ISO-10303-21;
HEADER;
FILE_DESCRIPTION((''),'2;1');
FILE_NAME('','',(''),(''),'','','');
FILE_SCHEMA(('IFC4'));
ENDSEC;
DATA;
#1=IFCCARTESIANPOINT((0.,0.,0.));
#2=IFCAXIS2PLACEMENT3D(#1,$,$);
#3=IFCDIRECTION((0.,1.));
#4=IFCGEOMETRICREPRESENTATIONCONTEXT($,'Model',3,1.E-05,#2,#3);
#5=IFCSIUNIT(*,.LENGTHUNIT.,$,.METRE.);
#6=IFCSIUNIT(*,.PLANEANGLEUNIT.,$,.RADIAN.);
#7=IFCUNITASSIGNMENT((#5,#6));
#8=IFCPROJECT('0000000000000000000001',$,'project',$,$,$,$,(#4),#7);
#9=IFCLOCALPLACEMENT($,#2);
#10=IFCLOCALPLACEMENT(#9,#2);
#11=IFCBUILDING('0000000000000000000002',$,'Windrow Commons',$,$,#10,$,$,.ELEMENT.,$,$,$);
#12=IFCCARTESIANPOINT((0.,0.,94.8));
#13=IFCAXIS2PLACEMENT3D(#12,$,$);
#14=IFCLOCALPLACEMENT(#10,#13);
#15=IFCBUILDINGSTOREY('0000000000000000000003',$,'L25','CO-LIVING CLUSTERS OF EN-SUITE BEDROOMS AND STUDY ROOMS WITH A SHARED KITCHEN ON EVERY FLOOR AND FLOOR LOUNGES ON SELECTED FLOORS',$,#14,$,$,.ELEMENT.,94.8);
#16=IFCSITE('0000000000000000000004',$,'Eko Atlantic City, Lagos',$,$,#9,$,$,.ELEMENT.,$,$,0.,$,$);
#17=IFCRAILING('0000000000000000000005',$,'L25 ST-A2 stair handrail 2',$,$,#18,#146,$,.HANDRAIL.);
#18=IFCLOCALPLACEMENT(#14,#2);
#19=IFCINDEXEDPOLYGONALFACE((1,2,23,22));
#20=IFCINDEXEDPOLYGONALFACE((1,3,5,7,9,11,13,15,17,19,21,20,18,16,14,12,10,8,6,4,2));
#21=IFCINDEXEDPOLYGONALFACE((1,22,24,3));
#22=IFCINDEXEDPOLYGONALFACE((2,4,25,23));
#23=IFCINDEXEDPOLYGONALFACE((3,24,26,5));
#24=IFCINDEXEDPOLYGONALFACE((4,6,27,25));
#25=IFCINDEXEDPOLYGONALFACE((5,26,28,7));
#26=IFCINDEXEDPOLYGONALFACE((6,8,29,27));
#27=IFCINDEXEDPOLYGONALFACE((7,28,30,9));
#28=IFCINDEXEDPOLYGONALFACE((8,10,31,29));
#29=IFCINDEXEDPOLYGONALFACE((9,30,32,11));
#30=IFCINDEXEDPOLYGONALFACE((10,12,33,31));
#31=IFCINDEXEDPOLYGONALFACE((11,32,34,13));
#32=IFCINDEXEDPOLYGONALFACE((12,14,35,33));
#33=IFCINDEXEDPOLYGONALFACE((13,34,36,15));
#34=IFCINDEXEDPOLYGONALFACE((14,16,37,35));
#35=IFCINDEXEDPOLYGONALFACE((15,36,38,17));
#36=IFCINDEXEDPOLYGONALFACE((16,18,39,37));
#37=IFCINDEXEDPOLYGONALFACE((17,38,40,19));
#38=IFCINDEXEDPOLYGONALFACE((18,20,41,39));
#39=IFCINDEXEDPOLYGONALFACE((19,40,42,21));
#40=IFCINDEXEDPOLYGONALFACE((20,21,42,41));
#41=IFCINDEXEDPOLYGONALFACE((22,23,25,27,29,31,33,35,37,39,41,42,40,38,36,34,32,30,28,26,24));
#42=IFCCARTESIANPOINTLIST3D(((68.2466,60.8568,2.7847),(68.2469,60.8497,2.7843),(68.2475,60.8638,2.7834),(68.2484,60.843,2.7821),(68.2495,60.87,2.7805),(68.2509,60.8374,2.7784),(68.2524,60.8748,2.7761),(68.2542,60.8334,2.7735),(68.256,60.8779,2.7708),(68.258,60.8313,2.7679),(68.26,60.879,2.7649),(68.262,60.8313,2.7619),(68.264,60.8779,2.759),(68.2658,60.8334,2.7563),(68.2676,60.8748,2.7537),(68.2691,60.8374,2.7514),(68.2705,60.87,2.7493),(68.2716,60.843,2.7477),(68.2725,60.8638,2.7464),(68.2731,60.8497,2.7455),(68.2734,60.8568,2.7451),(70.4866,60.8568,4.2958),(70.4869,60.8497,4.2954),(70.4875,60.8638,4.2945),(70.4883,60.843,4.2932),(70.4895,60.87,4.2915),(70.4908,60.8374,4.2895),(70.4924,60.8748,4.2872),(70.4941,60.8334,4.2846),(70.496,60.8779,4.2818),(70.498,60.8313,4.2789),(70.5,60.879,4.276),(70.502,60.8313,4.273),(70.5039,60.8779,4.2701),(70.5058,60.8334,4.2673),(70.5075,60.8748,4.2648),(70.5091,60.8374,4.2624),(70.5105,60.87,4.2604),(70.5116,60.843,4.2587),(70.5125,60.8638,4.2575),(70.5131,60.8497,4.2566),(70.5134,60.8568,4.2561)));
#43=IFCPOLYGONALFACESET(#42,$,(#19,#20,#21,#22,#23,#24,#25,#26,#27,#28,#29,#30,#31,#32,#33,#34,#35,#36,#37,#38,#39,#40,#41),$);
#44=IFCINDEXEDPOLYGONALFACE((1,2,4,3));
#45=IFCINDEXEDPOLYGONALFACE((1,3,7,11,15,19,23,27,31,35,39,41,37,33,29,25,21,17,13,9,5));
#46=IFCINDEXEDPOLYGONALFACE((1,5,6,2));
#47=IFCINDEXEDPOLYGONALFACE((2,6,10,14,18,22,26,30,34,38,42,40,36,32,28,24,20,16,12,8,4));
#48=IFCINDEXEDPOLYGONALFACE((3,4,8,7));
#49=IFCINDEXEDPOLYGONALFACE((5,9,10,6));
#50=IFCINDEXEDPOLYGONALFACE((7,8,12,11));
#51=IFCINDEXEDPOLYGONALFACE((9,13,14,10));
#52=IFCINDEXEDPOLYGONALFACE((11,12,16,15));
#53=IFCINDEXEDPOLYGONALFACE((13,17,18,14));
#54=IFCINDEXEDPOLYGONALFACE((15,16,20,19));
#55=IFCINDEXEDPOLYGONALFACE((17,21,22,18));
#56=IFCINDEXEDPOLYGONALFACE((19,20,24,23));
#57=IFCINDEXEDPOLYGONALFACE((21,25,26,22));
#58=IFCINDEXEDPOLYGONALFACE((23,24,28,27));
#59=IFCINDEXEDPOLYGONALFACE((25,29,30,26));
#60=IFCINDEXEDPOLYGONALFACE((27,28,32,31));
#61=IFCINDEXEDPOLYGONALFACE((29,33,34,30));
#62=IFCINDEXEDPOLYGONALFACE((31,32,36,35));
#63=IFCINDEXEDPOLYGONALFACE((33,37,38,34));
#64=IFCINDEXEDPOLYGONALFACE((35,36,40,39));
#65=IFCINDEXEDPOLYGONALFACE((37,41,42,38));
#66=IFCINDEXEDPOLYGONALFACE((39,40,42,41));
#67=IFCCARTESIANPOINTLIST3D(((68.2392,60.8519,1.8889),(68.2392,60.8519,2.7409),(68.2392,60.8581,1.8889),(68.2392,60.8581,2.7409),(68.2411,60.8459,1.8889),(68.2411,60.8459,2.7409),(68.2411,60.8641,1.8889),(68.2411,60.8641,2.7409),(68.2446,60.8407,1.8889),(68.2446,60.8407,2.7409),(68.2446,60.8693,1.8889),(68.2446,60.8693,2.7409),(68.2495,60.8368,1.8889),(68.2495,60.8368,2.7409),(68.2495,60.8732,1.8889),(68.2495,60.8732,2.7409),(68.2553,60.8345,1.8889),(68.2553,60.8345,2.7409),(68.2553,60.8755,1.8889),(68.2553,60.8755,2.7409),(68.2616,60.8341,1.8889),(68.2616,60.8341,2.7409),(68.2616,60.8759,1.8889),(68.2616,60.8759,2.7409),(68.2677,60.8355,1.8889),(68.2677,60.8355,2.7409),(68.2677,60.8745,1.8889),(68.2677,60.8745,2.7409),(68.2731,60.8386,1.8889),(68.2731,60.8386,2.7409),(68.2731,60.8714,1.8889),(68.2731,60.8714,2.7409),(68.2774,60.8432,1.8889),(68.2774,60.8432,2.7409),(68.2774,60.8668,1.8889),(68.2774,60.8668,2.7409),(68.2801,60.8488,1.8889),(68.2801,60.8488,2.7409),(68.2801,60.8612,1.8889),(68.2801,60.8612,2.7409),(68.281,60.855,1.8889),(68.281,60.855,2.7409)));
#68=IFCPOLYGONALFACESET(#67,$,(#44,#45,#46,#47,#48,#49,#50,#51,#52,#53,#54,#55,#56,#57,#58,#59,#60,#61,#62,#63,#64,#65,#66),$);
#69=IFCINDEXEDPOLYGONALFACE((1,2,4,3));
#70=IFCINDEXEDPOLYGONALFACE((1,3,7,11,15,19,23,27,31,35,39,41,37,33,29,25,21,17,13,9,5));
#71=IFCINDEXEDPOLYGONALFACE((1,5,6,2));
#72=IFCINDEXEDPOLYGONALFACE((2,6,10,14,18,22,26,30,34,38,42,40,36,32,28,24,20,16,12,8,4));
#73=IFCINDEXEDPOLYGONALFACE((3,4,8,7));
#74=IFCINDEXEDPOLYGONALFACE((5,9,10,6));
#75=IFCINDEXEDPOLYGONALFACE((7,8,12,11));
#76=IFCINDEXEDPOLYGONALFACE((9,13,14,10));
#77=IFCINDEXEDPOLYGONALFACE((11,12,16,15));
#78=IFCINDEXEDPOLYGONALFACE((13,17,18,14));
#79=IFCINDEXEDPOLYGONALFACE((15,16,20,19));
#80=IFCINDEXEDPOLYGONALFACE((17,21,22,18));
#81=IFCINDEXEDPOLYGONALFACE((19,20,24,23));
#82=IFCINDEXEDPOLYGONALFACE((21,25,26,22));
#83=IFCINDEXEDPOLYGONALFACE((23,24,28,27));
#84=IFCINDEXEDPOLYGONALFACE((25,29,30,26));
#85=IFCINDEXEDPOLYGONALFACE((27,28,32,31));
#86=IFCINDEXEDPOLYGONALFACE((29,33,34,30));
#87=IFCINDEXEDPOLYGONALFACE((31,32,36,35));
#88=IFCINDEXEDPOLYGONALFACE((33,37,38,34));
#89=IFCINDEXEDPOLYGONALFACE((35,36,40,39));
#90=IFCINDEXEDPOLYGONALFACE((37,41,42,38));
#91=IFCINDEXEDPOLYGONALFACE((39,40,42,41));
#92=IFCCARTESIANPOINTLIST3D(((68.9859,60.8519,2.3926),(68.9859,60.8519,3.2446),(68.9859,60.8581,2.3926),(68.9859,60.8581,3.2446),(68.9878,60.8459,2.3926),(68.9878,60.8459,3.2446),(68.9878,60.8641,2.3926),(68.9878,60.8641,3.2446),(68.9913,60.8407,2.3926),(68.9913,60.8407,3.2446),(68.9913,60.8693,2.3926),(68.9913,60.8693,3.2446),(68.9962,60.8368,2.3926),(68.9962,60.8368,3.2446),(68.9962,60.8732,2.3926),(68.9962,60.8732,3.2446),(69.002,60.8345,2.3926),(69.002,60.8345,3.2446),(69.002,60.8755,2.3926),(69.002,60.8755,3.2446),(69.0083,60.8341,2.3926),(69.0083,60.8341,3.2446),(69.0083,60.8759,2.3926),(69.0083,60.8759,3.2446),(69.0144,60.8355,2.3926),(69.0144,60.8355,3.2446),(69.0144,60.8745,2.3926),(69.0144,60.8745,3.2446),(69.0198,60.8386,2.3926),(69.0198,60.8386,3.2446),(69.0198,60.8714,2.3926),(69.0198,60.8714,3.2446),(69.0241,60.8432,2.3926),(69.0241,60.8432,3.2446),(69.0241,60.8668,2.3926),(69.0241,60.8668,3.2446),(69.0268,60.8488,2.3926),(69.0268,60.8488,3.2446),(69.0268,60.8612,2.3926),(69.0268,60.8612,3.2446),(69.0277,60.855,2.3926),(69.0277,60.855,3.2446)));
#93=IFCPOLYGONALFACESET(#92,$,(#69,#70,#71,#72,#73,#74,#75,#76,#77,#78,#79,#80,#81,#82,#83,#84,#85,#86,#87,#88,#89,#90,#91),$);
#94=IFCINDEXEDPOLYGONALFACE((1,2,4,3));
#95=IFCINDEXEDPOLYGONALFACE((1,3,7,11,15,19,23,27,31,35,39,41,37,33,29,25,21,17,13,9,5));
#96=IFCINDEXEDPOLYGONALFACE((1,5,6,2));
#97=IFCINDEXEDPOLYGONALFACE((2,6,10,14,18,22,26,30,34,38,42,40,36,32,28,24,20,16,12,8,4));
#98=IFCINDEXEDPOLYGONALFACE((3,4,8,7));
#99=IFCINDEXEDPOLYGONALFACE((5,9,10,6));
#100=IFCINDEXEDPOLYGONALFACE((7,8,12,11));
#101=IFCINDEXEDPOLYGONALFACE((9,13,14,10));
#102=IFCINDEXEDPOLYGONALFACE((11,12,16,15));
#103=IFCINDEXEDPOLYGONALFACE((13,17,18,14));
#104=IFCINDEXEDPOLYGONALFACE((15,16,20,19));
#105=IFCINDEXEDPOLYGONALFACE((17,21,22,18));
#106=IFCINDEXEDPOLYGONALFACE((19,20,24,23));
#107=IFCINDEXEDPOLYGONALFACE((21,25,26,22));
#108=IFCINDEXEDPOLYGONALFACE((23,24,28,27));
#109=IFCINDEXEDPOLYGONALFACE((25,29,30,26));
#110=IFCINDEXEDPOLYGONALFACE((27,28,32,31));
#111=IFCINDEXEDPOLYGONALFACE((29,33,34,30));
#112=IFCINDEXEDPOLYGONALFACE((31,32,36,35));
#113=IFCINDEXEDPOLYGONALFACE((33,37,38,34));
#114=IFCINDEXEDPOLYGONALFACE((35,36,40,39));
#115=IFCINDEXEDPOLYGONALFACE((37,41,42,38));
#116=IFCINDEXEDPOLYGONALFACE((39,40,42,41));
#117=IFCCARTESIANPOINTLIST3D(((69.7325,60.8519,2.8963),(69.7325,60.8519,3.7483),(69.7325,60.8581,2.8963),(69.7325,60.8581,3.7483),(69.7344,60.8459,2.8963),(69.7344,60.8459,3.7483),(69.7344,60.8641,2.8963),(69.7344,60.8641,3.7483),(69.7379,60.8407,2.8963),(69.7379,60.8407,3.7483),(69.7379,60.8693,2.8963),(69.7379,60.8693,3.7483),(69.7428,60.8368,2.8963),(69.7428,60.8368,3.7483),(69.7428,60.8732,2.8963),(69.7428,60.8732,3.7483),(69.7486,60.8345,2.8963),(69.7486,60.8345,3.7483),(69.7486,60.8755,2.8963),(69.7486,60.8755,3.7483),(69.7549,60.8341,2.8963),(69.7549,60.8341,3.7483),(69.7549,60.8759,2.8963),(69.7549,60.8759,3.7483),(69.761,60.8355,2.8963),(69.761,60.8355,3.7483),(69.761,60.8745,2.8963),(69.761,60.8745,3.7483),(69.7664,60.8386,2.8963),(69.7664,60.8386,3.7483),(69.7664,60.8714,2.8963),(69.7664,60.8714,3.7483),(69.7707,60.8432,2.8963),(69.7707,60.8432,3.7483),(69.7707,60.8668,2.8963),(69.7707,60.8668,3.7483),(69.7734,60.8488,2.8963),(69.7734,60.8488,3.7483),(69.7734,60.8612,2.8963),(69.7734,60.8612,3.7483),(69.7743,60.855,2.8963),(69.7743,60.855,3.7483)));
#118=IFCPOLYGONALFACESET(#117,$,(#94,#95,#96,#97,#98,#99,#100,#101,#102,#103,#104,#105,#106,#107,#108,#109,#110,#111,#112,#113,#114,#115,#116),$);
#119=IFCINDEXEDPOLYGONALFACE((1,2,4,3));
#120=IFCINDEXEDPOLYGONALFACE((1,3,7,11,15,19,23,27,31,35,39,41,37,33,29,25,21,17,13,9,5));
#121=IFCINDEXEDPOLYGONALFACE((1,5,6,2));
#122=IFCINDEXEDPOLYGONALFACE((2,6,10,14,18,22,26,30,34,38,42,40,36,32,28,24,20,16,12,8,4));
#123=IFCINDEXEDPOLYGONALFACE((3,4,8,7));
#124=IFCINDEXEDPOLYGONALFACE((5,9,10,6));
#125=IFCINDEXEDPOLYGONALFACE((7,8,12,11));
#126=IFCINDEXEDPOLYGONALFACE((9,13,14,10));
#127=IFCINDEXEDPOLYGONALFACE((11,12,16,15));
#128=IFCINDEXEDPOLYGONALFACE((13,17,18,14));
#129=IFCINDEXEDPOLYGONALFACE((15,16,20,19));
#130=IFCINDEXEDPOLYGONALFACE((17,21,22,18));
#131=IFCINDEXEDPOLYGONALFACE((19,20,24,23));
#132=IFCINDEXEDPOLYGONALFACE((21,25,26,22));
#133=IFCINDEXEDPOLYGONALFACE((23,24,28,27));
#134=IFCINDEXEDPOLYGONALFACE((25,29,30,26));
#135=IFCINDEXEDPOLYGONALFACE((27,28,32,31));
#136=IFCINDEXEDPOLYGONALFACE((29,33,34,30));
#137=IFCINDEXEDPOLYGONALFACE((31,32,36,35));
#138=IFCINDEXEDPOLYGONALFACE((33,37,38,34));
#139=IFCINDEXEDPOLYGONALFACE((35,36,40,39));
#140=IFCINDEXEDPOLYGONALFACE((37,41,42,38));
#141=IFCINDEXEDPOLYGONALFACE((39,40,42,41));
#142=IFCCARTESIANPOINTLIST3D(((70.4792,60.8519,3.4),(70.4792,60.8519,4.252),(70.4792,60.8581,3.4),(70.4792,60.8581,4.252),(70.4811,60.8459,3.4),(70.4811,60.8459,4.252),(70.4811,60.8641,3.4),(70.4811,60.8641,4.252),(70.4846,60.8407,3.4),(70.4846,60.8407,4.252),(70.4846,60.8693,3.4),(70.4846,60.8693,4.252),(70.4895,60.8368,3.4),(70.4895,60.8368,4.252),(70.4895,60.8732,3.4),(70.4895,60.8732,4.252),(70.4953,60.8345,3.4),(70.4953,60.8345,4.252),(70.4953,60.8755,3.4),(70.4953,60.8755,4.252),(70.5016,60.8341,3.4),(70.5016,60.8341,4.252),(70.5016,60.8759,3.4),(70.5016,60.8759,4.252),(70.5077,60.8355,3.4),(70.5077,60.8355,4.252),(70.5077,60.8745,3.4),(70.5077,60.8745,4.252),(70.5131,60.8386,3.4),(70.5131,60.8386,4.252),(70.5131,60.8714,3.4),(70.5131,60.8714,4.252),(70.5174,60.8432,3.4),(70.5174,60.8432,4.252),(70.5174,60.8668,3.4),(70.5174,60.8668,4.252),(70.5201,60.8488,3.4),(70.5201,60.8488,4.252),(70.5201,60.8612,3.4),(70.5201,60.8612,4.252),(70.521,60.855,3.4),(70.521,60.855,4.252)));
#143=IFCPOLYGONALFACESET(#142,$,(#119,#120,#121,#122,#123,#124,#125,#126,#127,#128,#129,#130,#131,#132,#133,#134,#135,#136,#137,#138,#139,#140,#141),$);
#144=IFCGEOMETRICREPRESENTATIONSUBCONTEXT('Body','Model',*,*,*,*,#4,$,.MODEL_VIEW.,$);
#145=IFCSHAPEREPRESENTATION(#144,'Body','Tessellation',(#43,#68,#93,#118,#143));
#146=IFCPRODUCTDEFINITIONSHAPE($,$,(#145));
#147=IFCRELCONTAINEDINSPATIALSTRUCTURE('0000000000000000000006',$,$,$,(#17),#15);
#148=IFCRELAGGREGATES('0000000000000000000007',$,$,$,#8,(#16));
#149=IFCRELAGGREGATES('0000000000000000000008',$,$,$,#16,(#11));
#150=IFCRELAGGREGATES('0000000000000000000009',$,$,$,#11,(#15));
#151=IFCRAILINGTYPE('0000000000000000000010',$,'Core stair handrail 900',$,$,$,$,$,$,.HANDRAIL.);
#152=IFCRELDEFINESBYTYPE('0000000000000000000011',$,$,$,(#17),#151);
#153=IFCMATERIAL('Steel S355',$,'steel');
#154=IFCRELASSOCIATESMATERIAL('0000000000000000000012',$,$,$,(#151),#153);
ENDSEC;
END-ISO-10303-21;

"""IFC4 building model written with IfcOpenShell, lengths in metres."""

from ifc_helpers import new_model, si_unit, direction, frame, origin, origin_2d, place, context, subcontext, project, spatial, circle, extrude, material, type_object, element, save


model = new_model("IFC4")

# Units and contexts
model_context = context("Model", 3, precision=1e-05, world=origin(), true_north=direction((0.0, 1.0)))
body_context = subcontext(model_context, "Body", "Model", "MODEL_VIEW")
ifc_project = project(units=[si_unit("LENGTHUNIT", "METRE"), si_unit("PLANEANGLEUNIT", "RADIAN")], contexts=[model_context])

# Site, building, storey
site_placement = place(None, origin())
site = spatial("IfcSite", under=ifc_project, at=site_placement, Name="Eko Atlantic City, Lagos", CompositionType="ELEMENT", RefElevation=0.0)
building_placement = place(site_placement, origin())
building = spatial("IfcBuilding", under=site, at=building_placement, Name="Windrow Commons", CompositionType="ELEMENT")
storey_placement = place(building_placement, frame((0.0, 0.0, 94.8)))
storey = spatial("IfcBuildingStorey", under=building, at=storey_placement, Name="L25", Description="CO-LIVING CLUSTERS OF EN-SUITE BEDROOMS AND STUDY ROOMS WITH A SHARED KITCHEN ON EVERY FLOOR AND FLOOR LOUNGES ON SELECTED FLOORS", CompositionType="ELEMENT", Elevation=94.8)

# Railing
ifc_material_1 = material(Name="Steel S355", Category="steel")
railing_type_1 = type_object("IfcRailingType", Name="Core stair handrail 900", PredefinedType="HANDRAIL", material=ifc_material_1)
railing_1_placement = place(storey_placement, frame((68.26, 60.855, 1.8889)))
element("IfcRailing", 1, at=railing_1_placement, inside=storey, type_object=railing_type_1, Name="L25 ST-A2 stair handrail 2", PredefinedType="HANDRAIL", context=body_context, shape_type="SweptSolid", body=[
    extrude(circle(Radius=0.024, at=origin_2d()), frame((0.0, 0.0, 0.876), z_axis=(0.829003, 0.0, 0.559244), x_axis=(0.0, 1.0, 0.0)), (0.0, 0.0, 1.0), 2.702),
    extrude(circle(Radius=0.021, at=origin_2d()), origin(), (0.0, 0.0, 1.0), 0.852),
    extrude(circle(Radius=0.021, at=origin_2d()), frame((0.7467, 0.0, 0.5037)), (0.0, 0.0, 1.0), 0.852),
    extrude(circle(Radius=0.021, at=origin_2d()), frame((1.4933, 0.0, 1.0074)), (0.0, 0.0, 1.0), 0.852),
    extrude(circle(Radius=0.021, at=origin_2d()), frame((2.24, 0.0, 1.5111)), (0.0, 0.0, 1.0), 0.852),
])

save(model, "model.ifc")
